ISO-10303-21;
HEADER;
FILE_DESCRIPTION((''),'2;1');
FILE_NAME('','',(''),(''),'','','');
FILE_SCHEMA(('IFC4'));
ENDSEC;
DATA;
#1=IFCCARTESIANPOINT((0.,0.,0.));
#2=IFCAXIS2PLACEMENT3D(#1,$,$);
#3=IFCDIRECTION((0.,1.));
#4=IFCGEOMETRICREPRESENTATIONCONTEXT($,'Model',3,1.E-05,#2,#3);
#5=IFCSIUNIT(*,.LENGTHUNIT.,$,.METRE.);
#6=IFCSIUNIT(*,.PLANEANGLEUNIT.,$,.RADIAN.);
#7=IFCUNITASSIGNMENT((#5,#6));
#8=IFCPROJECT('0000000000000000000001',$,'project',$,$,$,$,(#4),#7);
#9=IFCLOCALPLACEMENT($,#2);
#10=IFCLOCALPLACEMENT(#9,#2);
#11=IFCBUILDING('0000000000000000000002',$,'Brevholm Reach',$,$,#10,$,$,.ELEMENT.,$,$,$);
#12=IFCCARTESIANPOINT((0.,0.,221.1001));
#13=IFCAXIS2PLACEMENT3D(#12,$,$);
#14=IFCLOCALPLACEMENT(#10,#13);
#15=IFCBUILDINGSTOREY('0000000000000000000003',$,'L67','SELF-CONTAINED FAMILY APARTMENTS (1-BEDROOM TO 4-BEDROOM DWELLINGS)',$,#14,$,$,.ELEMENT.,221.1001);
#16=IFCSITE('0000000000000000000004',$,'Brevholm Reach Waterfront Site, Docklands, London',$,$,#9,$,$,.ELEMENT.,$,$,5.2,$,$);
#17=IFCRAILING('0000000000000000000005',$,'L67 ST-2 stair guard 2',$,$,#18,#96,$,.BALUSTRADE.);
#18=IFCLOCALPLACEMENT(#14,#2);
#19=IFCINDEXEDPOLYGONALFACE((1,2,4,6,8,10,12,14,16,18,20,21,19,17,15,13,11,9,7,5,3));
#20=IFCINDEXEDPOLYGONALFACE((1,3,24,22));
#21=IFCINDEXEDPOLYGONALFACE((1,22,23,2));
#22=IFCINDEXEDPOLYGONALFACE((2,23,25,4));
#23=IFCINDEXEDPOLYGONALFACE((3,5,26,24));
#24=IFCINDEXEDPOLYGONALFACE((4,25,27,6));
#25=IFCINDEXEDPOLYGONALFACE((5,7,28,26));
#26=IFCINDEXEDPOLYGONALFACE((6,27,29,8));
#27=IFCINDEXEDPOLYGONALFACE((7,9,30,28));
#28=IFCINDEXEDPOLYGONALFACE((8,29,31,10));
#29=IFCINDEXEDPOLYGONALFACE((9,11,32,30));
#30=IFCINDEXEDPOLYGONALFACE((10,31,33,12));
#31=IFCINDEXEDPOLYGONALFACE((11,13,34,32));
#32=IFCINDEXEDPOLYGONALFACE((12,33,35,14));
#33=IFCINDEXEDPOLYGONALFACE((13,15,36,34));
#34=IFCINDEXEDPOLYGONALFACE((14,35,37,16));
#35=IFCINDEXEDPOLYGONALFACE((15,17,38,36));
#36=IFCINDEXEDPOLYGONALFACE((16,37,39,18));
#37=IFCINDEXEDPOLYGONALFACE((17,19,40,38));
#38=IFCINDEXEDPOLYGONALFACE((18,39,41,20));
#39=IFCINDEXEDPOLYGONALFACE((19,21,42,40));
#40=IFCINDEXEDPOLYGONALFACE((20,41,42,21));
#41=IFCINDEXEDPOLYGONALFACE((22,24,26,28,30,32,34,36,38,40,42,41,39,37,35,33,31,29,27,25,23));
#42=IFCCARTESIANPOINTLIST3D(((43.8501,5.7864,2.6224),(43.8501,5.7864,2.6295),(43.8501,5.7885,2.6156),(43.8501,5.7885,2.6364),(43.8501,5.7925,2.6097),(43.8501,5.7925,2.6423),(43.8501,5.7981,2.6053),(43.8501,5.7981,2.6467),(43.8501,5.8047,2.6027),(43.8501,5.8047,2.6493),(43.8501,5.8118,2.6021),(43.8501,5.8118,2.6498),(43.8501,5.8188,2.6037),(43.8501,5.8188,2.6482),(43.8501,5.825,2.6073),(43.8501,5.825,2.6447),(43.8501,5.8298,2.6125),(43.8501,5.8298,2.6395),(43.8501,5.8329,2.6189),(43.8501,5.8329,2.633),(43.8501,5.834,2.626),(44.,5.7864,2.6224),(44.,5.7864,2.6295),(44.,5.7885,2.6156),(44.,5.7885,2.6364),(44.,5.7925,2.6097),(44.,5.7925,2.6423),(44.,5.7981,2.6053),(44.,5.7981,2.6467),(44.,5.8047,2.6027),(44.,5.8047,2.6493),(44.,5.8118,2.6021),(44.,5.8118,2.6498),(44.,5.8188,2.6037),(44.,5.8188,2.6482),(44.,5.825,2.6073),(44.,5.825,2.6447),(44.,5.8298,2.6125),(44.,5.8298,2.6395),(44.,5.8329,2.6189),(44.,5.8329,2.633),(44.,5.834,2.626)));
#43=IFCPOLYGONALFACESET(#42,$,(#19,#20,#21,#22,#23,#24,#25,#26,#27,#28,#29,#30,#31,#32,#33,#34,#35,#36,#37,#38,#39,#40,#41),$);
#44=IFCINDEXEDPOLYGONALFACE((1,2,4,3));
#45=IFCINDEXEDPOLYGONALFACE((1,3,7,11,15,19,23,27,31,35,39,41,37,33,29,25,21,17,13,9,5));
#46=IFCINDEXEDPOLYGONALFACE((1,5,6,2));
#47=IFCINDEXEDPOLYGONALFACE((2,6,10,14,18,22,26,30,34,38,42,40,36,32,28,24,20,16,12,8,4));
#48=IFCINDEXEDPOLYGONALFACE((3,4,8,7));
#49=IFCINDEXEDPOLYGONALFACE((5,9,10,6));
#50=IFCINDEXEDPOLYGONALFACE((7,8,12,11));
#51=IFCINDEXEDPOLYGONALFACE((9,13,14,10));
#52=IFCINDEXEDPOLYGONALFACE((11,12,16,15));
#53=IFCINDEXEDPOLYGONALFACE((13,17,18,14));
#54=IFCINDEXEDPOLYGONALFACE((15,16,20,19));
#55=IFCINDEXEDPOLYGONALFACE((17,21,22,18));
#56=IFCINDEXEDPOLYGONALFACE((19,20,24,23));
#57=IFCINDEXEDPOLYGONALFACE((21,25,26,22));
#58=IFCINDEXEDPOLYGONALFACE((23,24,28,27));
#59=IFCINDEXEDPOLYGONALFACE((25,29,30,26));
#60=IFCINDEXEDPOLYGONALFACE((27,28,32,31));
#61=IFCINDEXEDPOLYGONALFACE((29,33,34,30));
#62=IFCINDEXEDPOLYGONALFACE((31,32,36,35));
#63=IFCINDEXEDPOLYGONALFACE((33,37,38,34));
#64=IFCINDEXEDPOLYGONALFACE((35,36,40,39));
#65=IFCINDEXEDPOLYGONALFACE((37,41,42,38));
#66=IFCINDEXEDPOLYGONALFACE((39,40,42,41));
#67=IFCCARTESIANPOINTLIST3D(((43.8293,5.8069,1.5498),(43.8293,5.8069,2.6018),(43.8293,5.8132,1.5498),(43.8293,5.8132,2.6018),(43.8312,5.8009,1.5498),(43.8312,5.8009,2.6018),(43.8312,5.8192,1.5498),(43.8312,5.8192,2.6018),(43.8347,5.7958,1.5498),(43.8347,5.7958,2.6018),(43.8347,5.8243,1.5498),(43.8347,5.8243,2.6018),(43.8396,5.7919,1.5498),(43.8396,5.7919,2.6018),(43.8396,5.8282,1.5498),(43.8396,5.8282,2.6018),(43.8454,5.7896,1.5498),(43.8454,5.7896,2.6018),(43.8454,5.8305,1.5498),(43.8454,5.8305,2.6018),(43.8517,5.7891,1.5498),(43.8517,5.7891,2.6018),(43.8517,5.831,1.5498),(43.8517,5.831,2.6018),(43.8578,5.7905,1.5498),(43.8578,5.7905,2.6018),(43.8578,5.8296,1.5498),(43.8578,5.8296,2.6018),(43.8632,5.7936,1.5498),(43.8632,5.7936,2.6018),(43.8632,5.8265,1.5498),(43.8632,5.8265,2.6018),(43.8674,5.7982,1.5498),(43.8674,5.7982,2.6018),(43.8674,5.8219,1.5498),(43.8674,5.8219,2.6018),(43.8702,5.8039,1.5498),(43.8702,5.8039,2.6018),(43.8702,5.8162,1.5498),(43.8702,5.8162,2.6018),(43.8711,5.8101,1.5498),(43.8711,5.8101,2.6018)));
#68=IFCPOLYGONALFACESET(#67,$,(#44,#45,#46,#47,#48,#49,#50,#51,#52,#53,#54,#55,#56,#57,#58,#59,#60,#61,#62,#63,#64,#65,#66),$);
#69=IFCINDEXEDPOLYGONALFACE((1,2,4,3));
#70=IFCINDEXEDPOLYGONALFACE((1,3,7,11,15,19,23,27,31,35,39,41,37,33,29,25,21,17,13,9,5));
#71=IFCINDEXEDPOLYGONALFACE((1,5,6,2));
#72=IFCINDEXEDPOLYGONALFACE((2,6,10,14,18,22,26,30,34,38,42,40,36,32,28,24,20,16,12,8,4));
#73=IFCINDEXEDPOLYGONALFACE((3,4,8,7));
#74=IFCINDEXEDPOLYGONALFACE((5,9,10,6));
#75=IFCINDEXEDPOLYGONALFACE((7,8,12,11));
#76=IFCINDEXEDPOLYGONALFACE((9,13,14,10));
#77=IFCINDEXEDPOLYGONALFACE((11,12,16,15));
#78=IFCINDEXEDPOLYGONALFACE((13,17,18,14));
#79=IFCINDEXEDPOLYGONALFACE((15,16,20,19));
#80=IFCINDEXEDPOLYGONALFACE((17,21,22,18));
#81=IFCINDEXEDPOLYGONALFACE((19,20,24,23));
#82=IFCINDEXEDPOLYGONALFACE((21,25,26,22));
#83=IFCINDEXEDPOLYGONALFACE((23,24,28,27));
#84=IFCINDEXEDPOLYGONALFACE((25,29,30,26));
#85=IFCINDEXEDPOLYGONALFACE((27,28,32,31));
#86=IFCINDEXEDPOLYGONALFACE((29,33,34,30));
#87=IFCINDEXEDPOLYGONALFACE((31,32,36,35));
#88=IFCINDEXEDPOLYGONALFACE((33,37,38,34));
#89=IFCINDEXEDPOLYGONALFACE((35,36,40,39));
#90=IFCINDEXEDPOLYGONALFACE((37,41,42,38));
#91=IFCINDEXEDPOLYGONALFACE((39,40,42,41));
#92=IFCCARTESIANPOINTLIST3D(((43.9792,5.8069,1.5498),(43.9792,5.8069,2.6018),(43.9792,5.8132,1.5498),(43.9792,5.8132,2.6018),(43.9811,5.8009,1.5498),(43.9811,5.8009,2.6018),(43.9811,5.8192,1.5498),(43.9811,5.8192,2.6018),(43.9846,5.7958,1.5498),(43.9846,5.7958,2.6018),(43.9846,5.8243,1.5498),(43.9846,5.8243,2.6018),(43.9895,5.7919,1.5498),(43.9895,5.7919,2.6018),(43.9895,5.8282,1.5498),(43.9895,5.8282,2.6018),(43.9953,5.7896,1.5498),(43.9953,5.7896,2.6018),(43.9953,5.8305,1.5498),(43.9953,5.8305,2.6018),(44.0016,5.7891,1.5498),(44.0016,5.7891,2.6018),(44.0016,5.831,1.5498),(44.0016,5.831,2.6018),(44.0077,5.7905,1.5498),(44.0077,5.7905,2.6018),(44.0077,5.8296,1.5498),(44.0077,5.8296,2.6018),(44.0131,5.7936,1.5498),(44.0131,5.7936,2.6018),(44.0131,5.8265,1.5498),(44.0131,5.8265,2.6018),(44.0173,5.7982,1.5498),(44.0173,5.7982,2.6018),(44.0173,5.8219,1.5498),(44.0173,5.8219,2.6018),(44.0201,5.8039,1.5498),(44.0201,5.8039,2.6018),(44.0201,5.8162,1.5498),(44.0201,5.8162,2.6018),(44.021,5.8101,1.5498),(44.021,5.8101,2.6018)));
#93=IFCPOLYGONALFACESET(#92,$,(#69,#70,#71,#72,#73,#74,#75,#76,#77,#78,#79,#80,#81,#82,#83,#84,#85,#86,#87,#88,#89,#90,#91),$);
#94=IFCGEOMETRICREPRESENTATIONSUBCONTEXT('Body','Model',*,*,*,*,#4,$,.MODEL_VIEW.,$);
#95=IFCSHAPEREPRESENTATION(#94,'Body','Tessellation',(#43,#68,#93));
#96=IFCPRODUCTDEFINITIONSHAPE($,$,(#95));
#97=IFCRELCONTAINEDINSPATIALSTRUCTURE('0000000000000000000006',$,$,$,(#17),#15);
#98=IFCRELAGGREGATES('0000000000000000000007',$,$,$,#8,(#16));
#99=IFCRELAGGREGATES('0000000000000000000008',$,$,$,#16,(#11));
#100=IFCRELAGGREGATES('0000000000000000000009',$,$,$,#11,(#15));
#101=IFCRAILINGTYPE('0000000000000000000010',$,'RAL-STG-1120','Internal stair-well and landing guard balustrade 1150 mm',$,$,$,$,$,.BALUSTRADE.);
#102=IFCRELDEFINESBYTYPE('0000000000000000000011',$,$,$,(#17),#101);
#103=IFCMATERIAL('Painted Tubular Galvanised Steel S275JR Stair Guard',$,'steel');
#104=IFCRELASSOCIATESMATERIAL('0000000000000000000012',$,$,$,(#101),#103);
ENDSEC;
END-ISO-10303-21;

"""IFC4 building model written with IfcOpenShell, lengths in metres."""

from ifc_helpers import new_model, si_unit, direction, frame, origin, origin_2d, place, context, subcontext, project, spatial, circle, extrude, material, type_object, element, save


model = new_model("IFC4")

# Units and contexts
model_context = context("Model", 3, precision=1e-05, world=origin(), true_north=direction((0.0, 1.0)))
body_context = subcontext(model_context, "Body", "Model", "MODEL_VIEW")
ifc_project = project(units=[si_unit("LENGTHUNIT", "METRE"), si_unit("PLANEANGLEUNIT", "RADIAN")], contexts=[model_context])

# Site, building, storey
site_placement = place(None, origin())
site = spatial("IfcSite", under=ifc_project, at=site_placement, Name="Brevholm Reach Waterfront Site, Docklands, London", CompositionType="ELEMENT", RefElevation=5.2)
building_placement = place(site_placement, origin())
building = spatial("IfcBuilding", under=site, at=building_placement, Name="Brevholm Reach", CompositionType="ELEMENT")
storey_placement = place(building_placement, frame((0.0, 0.0, 221.1001)))
storey = spatial("IfcBuildingStorey", under=building, at=storey_placement, Name="L67", Description="SELF-CONTAINED FAMILY APARTMENTS (1-BEDROOM TO 4-BEDROOM DWELLINGS)", CompositionType="ELEMENT", Elevation=221.1001)

# Railing
ifc_material_1 = material(Name="Painted Tubular Galvanised Steel S275JR Stair Guard", Category="steel")
railing_type_1 = type_object("IfcRailingType", Name="RAL-STG-1120", Description="Internal stair-well and landing guard balustrade 1150 mm", PredefinedType="BALUSTRADE", material=ifc_material_1)
railing_1_placement = place(storey_placement, frame((43.8501, 5.8101, 1.5498)))
element("IfcRailing", 1, at=railing_1_placement, inside=storey, type_object=railing_type_1, Name="L67 ST-2 stair guard 2", PredefinedType="BALUSTRADE", context=body_context, shape_type="SweptSolid", body=[
    extrude(circle(Radius=0.0239, at=origin_2d()), frame((0.0, 0.0, 1.0762), z_axis=(1.0, 0.0, 0.0), x_axis=(0.0, 1.0, 0.0)), (0.0, 0.0, 1.0), 0.1499),
    extrude(circle(Radius=0.021, at=origin_2d()), origin(), (0.0, 0.0, 1.0), 1.052),
    extrude(circle(Radius=0.021, at=origin_2d()), frame((0.1499, 0.0, 0.0)), (0.0, 0.0, 1.0), 1.052),
])

save(model, "model.ifc")
